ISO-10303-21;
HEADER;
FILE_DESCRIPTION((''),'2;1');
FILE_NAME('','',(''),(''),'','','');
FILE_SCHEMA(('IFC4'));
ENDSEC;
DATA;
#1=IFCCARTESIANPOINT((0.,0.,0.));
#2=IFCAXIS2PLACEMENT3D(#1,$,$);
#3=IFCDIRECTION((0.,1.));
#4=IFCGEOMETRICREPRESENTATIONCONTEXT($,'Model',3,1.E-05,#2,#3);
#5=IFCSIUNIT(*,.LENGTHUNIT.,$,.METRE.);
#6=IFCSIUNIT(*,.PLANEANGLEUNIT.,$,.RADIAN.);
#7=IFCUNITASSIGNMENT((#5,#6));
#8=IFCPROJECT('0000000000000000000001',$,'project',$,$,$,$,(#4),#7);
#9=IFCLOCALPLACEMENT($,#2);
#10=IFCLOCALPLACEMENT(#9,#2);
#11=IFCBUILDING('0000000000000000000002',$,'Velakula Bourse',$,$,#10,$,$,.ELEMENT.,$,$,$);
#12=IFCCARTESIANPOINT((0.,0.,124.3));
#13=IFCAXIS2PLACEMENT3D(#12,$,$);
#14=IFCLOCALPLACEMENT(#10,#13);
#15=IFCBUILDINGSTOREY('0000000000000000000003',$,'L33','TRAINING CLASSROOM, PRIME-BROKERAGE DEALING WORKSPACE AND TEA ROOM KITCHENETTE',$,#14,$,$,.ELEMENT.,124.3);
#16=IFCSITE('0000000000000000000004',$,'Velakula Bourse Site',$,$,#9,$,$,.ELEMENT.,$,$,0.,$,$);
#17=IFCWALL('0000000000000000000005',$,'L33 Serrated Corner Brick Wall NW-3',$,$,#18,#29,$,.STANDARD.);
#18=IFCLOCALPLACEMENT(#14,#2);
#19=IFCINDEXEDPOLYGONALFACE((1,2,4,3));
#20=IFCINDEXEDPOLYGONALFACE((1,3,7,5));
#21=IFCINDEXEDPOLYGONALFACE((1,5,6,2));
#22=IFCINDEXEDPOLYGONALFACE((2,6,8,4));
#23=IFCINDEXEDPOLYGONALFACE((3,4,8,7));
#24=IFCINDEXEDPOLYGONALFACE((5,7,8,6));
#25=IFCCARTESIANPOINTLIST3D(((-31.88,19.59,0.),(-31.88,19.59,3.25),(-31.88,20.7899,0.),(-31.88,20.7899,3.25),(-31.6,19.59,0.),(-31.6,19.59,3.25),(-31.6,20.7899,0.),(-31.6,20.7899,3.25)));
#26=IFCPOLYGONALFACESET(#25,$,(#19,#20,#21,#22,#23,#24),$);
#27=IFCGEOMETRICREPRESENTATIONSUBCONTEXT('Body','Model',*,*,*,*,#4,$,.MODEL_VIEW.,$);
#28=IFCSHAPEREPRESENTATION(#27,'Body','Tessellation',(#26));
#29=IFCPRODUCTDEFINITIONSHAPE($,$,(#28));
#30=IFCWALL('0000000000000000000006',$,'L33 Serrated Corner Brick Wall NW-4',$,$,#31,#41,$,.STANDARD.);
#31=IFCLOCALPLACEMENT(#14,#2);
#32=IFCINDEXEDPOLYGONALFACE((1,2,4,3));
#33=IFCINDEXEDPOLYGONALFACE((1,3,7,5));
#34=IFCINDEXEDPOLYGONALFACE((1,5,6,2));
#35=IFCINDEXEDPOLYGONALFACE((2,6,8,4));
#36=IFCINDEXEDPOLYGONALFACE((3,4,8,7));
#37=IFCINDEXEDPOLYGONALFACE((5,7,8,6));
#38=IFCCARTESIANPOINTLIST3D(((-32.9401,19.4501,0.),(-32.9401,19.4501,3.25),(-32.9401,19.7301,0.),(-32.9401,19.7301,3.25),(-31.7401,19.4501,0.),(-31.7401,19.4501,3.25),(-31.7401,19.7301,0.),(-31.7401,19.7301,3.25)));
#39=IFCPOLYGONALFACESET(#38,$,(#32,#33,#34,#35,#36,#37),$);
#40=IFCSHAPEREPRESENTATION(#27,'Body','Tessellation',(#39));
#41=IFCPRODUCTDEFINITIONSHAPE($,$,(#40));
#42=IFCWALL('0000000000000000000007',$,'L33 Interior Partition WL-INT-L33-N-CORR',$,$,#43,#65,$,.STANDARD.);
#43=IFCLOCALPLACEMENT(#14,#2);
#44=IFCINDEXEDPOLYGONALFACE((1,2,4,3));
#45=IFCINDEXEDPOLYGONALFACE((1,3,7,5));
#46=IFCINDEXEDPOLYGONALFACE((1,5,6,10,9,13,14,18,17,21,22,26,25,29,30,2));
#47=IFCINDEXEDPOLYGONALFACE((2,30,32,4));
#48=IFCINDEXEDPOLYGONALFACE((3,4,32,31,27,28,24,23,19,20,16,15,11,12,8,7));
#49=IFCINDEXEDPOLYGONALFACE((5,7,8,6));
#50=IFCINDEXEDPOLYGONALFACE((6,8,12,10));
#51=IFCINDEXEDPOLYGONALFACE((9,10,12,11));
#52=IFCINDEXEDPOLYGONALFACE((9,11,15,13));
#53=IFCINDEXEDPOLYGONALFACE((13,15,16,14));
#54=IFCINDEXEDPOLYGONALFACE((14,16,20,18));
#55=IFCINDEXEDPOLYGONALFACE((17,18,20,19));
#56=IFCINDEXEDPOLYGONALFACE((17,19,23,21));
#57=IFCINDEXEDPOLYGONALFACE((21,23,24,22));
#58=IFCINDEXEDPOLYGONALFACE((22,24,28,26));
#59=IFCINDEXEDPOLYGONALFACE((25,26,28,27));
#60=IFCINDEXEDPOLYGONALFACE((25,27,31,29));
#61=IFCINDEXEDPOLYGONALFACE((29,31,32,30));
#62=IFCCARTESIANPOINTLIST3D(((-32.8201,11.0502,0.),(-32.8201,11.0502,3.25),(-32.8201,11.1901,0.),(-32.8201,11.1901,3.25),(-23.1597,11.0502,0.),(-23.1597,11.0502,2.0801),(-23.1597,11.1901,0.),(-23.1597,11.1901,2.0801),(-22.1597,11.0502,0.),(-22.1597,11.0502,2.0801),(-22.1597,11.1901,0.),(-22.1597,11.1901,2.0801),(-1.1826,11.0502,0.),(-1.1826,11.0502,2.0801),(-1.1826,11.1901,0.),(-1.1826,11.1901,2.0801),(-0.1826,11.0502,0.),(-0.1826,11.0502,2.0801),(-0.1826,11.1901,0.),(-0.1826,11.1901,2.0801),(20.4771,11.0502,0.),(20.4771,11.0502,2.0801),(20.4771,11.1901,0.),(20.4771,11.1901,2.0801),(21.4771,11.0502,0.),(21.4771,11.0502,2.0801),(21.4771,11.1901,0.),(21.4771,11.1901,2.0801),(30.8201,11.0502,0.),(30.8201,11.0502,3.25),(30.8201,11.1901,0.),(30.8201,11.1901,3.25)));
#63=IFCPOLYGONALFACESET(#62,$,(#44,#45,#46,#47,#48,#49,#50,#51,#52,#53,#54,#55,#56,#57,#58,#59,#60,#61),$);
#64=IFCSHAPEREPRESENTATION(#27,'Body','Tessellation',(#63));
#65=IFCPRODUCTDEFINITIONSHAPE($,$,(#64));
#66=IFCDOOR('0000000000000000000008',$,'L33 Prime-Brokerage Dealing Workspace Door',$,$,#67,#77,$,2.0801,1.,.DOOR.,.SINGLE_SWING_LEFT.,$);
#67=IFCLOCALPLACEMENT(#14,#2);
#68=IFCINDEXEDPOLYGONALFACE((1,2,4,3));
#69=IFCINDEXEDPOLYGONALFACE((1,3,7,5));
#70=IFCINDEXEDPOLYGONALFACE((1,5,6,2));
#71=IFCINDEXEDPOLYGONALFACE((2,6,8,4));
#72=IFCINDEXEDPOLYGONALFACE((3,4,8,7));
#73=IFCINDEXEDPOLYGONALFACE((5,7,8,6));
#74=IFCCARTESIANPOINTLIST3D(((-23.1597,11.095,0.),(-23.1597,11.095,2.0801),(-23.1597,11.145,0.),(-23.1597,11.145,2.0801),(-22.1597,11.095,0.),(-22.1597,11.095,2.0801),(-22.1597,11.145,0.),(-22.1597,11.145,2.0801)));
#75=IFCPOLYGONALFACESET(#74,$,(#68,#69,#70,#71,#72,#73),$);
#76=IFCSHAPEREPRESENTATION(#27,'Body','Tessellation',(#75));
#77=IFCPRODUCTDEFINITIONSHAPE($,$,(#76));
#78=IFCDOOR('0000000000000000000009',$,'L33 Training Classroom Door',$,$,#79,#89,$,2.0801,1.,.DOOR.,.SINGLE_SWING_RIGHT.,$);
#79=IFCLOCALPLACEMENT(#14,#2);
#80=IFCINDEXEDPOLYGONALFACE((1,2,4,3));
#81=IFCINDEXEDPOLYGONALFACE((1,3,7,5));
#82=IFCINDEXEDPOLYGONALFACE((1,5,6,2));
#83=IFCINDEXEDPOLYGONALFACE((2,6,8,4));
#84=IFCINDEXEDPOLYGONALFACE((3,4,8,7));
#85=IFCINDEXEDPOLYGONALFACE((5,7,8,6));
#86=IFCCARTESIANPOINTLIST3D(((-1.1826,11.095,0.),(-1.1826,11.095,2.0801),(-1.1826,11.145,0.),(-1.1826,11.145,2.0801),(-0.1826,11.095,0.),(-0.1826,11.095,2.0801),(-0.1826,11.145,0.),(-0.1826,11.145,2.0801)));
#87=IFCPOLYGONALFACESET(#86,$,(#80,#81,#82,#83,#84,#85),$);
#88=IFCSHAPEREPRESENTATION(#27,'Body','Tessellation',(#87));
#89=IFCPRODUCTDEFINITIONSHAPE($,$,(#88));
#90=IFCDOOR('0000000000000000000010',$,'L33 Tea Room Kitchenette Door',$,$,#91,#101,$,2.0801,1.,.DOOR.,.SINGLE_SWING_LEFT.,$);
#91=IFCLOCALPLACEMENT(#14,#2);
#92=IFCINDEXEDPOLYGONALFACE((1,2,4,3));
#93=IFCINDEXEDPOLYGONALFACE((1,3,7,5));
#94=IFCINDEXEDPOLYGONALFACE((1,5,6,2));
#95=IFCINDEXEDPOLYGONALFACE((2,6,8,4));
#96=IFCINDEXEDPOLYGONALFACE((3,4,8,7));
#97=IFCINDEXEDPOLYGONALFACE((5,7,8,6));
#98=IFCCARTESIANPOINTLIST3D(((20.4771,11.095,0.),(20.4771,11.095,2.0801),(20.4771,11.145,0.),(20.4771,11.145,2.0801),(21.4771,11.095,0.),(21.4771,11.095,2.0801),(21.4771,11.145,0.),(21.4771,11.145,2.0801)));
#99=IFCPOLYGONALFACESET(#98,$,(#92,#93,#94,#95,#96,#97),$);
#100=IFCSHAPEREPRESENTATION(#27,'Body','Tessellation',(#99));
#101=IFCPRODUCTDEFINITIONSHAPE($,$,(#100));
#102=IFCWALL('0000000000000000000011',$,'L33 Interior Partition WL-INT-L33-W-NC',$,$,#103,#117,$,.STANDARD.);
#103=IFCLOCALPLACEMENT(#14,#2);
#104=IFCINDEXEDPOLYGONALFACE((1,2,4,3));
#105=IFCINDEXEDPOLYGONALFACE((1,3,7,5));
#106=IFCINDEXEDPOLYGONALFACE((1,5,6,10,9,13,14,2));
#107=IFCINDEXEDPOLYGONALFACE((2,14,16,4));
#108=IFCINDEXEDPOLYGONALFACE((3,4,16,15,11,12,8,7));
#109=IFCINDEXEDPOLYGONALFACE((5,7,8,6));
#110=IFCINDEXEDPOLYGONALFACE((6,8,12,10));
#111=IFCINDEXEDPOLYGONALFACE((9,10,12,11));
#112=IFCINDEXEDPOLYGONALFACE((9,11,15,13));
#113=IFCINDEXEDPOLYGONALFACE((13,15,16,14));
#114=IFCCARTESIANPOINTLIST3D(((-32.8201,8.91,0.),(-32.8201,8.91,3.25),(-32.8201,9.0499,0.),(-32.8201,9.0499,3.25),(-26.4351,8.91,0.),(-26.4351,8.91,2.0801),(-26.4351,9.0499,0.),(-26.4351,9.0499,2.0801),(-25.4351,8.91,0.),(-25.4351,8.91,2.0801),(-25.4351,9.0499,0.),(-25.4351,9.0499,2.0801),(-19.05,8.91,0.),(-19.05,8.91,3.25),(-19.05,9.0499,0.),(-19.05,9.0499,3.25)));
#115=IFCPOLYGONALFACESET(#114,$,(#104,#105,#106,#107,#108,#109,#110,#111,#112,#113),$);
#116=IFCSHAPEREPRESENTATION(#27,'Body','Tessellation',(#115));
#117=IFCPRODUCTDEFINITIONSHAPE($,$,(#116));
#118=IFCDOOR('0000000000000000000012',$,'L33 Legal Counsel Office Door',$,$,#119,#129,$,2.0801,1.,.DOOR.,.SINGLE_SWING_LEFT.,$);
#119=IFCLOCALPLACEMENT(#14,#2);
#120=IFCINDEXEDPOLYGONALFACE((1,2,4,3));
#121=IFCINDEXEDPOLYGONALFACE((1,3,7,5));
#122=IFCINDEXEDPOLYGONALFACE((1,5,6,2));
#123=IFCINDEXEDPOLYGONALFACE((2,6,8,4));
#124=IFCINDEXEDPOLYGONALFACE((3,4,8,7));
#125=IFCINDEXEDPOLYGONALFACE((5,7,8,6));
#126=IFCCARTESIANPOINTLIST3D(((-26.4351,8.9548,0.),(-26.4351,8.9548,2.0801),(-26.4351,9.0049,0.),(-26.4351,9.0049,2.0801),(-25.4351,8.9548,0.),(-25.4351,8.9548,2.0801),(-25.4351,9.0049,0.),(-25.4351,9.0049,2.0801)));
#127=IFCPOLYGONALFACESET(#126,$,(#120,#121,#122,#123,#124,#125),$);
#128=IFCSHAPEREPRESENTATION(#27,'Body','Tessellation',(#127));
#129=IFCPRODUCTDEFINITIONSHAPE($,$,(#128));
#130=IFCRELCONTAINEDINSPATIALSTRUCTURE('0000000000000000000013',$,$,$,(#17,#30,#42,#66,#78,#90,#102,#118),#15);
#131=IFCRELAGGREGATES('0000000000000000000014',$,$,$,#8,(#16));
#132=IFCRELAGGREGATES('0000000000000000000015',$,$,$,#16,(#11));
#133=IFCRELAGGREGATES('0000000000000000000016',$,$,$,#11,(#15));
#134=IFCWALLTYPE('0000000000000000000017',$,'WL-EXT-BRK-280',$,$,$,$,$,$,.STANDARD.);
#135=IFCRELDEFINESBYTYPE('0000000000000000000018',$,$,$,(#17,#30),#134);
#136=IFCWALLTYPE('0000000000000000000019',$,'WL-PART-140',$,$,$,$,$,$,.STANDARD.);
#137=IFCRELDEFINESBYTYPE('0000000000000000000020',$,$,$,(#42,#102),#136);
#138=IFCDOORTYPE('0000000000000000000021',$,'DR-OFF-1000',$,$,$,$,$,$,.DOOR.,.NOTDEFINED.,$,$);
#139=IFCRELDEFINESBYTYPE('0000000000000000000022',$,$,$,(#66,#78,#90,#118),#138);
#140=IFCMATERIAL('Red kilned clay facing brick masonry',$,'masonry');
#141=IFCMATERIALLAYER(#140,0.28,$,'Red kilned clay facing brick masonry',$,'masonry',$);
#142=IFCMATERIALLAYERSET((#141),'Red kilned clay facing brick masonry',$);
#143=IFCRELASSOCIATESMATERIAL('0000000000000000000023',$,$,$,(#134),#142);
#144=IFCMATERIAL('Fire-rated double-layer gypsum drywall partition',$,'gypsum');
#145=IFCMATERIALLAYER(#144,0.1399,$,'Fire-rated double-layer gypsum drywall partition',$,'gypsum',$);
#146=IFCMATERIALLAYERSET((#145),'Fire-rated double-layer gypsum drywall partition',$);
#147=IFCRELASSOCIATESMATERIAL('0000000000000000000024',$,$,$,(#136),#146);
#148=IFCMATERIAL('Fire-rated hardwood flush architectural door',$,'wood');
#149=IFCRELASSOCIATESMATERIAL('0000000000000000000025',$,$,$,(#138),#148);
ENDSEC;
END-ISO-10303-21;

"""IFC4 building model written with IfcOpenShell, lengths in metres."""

from ifc_helpers import new_model, si_unit, direction, frame, frame_2d, origin, place, context, subcontext, project, spatial, rectangle, extrude, material, layer, layer_set, type_object, element, fill, save


model = new_model("IFC4")

# Units and contexts
model_context = context("Model", 3, precision=1e-05, world=origin(), true_north=direction((0.0, 1.0)))
body_context = subcontext(model_context, "Body", "Model", "MODEL_VIEW")
ifc_project = project(units=[si_unit("LENGTHUNIT", "METRE"), si_unit("PLANEANGLEUNIT", "RADIAN")], contexts=[model_context])

# Site, building, storey
site_placement = place(None, origin())
site = spatial("IfcSite", under=ifc_project, at=site_placement, Name="Velakula Bourse Site", CompositionType="ELEMENT", RefElevation=0.0)
building_placement = place(site_placement, origin())
building = spatial("IfcBuilding", under=site, at=building_placement, Name="Velakula Bourse", CompositionType="ELEMENT")
storey_placement = place(building_placement, frame((0.0, 0.0, 124.3)))
storey = spatial("IfcBuildingStorey", under=building, at=storey_placement, Name="L33", Description="TRAINING CLASSROOM, PRIME-BROKERAGE DEALING WORKSPACE AND TEA ROOM KITCHENETTE", CompositionType="ELEMENT", Elevation=124.3)

# Shared definitions
ifc_material_1 = material(Name="Red kilned clay facing brick masonry", Category="masonry")
ifc_layer_1 = layer(ifc_material_1, 0.28, Name="Red kilned clay facing brick masonry", Category="masonry")
ifc_layer_set_1 = layer_set([ifc_layer_1], Name="Red kilned clay facing brick masonry")
wall_type_1 = type_object("IfcWallType", Name="WL-EXT-BRK-280", PredefinedType="STANDARD", material=ifc_layer_set_1)

# Walls
for number, where, z_axis, x_axis, name in (
    (1, (-31.74, 20.79, 0.0), (0.0, 0.0, 1.0), (0.0, -1.0, 0.0), "L33 Serrated Corner Brick Wall NW-3"),
    (2, (-31.74, 19.5901, 0.0), (0.0, 0.0, 1.0), (-1.0, 0.0, 0.0), "L33 Serrated Corner Brick Wall NW-4"),
):
    element("IfcWall", number, at=place(storey_placement, frame(where, z_axis=z_axis, x_axis=x_axis)), inside=storey, type_object=wall_type_1, Name=name, PredefinedType="STANDARD", context=body_context, shape_type="SweptSolid", body=[
        extrude(rectangle(XDim=1.2, YDim=0.28, at=frame_2d((0.6001, 0.0))), origin(), (0.0, 0.0, 1.0), 3.25),
    ])

# Wall, openings, doors
ifc_material_2 = material(Name="Fire-rated double-layer gypsum drywall partition", Category="gypsum")
ifc_layer_2 = layer(ifc_material_2, 0.1399, Name="Fire-rated double-layer gypsum drywall partition", Category="gypsum")
ifc_layer_set_2 = layer_set([ifc_layer_2], Name="Fire-rated double-layer gypsum drywall partition")
wall_type_2 = type_object("IfcWallType", Name="WL-PART-140", PredefinedType="STANDARD", material=ifc_layer_set_2)
wall_1_placement = place(storey_placement, frame((-32.8201, 11.1201, 0.0), z_axis=(0.0, 0.0, 1.0), x_axis=(1.0, 0.0, 0.0)))
wall_1 = element("IfcWall", 3, at=wall_1_placement, inside=storey, type_object=wall_type_2, Name="L33 Interior Partition WL-INT-L33-N-CORR", PredefinedType="STANDARD", context=body_context, shape_type="SweptSolid", body=[
    extrude(rectangle(XDim=63.6401, YDim=0.1399, at=frame_2d((31.8201, 0.0))), origin(), (0.0, 0.0, 1.0), 3.25),
])
opening_1_placement = place(wall_1_placement, frame((9.6604, 0.0, 0.0)))
opening_1 = element("IfcOpeningElement", 4, at=opening_1_placement, cuts=wall_1, PredefinedType="OPENING", context=body_context, shape_type="SweptSolid", body=[
    extrude(rectangle(XDim=1.0, YDim=2.0801, at=frame_2d((0.5, 1.04))), frame((0.0, 0.0798, 0.0), z_axis=(0.0, -1.0, 0.0), x_axis=(1.0, 0.0, 0.0)), (0.0, 0.0, 1.0), 0.1599),
])
opening_2_placement = place(wall_1_placement, frame((31.6375, 0.0, 0.0)))
opening_2 = element("IfcOpeningElement", 5, at=opening_2_placement, cuts=wall_1, PredefinedType="OPENING", context=body_context, shape_type="SweptSolid", body=[
    extrude(rectangle(XDim=1.0, YDim=2.0801, at=frame_2d((0.5, 1.04))), frame((0.0, 0.0798, 0.0), z_axis=(0.0, -1.0, 0.0), x_axis=(1.0, 0.0, 0.0)), (0.0, 0.0, 1.0), 0.1599),
])
opening_3_placement = place(wall_1_placement, frame((53.2971, 0.0, 0.0)))
opening_3 = element("IfcOpeningElement", 6, at=opening_3_placement, cuts=wall_1, PredefinedType="OPENING", context=body_context, shape_type="SweptSolid", body=[
    extrude(rectangle(XDim=1.0, YDim=2.0801, at=frame_2d((0.5, 1.04))), frame((0.0, 0.0798, 0.0), z_axis=(0.0, -1.0, 0.0), x_axis=(1.0, 0.0, 0.0)), (0.0, 0.0, 1.0), 0.1599),
])
ifc_material_3 = material(Name="Fire-rated hardwood flush architectural door", Category="wood")
door_type = type_object("IfcDoorType", Name="DR-OFF-1000", OperationType="NOTDEFINED", PredefinedType="DOOR", material=ifc_material_3)
door_1_placement = place(opening_1_placement, origin())
door_1 = element("IfcDoor", 7, at=door_1_placement, inside=storey, type_object=door_type, Name="L33 Prime-Brokerage Dealing Workspace Door", OperationType="SINGLE_SWING_LEFT", OverallHeight=2.0801, OverallWidth=1.0, PredefinedType="DOOR", context=body_context, shape_type="SweptSolid", body=[
    extrude(rectangle(XDim=1.0, YDim=2.0801, at=frame_2d((0.5, 1.04))), frame((0.0, 0.0249, 0.0), z_axis=(0.0, -1.0, 0.0), x_axis=(1.0, 0.0, 0.0)), (0.0, 0.0, 1.0), 0.05),
])
fill(opening_1, door_1)
door_2_placement = place(opening_2_placement, origin())
door_2 = element("IfcDoor", 8, at=door_2_placement, inside=storey, type_object=door_type, Name="L33 Training Classroom Door", OperationType="SINGLE_SWING_RIGHT", OverallHeight=2.0801, OverallWidth=1.0, PredefinedType="DOOR", context=body_context, shape_type="SweptSolid", body=[
    extrude(rectangle(XDim=1.0, YDim=2.0801, at=frame_2d((0.5, 1.04))), frame((0.0, 0.0249, 0.0), z_axis=(0.0, -1.0, 0.0), x_axis=(1.0, 0.0, 0.0)), (0.0, 0.0, 1.0), 0.05),
])
fill(opening_2, door_2)
door_3_placement = place(opening_3_placement, origin())
door_3 = element("IfcDoor", 9, at=door_3_placement, inside=storey, type_object=door_type, Name="L33 Tea Room Kitchenette Door", OperationType="SINGLE_SWING_LEFT", OverallHeight=2.0801, OverallWidth=1.0, PredefinedType="DOOR", context=body_context, shape_type="SweptSolid", body=[
    extrude(rectangle(XDim=1.0, YDim=2.0801, at=frame_2d((0.5, 1.04))), frame((0.0, 0.0249, 0.0), z_axis=(0.0, -1.0, 0.0), x_axis=(1.0, 0.0, 0.0)), (0.0, 0.0, 1.0), 0.05),
])
fill(opening_3, door_3)

# Wall, opening, door
wall_2_placement = place(storey_placement, frame((-32.8201, 8.98, 0.0), z_axis=(0.0, 0.0, 1.0), x_axis=(1.0, 0.0, 0.0)))
wall_2 = element("IfcWall", 10, at=wall_2_placement, inside=storey, type_object=wall_type_2, Name="L33 Interior Partition WL-INT-L33-W-NC", PredefinedType="STANDARD", context=body_context, shape_type="SweptSolid", body=[
    extrude(rectangle(XDim=13.77, YDim=0.1399, at=frame_2d((6.885, 0.0))), origin(), (0.0, 0.0, 1.0), 3.25),
])
opening_4_placement = place(wall_2_placement, frame((6.385, 0.0, 0.0)))
opening_4 = element("IfcOpeningElement", 11, at=opening_4_placement, cuts=wall_2, PredefinedType="OPENING", context=body_context, shape_type="SweptSolid", body=[
    extrude(rectangle(XDim=1.0, YDim=2.0801, at=frame_2d((0.5, 1.04))), frame((0.0, 0.0798, 0.0), z_axis=(0.0, -1.0, 0.0), x_axis=(1.0, 0.0, 0.0)), (0.0, 0.0, 1.0), 0.1599),
])
door_4_placement = place(opening_4_placement, origin())
door_4 = element("IfcDoor", 12, at=door_4_placement, inside=storey, type_object=door_type, Name="L33 Legal Counsel Office Door", OperationType="SINGLE_SWING_LEFT", OverallHeight=2.0801, OverallWidth=1.0, PredefinedType="DOOR", context=body_context, shape_type="SweptSolid", body=[
    extrude(rectangle(XDim=1.0, YDim=2.0801, at=frame_2d((0.5, 1.04))), frame((0.0, 0.0249, 0.0), z_axis=(0.0, -1.0, 0.0), x_axis=(1.0, 0.0, 0.0)), (0.0, 0.0, 1.0), 0.05),
])
fill(opening_4, door_4)

save(model, "model.ifc")
